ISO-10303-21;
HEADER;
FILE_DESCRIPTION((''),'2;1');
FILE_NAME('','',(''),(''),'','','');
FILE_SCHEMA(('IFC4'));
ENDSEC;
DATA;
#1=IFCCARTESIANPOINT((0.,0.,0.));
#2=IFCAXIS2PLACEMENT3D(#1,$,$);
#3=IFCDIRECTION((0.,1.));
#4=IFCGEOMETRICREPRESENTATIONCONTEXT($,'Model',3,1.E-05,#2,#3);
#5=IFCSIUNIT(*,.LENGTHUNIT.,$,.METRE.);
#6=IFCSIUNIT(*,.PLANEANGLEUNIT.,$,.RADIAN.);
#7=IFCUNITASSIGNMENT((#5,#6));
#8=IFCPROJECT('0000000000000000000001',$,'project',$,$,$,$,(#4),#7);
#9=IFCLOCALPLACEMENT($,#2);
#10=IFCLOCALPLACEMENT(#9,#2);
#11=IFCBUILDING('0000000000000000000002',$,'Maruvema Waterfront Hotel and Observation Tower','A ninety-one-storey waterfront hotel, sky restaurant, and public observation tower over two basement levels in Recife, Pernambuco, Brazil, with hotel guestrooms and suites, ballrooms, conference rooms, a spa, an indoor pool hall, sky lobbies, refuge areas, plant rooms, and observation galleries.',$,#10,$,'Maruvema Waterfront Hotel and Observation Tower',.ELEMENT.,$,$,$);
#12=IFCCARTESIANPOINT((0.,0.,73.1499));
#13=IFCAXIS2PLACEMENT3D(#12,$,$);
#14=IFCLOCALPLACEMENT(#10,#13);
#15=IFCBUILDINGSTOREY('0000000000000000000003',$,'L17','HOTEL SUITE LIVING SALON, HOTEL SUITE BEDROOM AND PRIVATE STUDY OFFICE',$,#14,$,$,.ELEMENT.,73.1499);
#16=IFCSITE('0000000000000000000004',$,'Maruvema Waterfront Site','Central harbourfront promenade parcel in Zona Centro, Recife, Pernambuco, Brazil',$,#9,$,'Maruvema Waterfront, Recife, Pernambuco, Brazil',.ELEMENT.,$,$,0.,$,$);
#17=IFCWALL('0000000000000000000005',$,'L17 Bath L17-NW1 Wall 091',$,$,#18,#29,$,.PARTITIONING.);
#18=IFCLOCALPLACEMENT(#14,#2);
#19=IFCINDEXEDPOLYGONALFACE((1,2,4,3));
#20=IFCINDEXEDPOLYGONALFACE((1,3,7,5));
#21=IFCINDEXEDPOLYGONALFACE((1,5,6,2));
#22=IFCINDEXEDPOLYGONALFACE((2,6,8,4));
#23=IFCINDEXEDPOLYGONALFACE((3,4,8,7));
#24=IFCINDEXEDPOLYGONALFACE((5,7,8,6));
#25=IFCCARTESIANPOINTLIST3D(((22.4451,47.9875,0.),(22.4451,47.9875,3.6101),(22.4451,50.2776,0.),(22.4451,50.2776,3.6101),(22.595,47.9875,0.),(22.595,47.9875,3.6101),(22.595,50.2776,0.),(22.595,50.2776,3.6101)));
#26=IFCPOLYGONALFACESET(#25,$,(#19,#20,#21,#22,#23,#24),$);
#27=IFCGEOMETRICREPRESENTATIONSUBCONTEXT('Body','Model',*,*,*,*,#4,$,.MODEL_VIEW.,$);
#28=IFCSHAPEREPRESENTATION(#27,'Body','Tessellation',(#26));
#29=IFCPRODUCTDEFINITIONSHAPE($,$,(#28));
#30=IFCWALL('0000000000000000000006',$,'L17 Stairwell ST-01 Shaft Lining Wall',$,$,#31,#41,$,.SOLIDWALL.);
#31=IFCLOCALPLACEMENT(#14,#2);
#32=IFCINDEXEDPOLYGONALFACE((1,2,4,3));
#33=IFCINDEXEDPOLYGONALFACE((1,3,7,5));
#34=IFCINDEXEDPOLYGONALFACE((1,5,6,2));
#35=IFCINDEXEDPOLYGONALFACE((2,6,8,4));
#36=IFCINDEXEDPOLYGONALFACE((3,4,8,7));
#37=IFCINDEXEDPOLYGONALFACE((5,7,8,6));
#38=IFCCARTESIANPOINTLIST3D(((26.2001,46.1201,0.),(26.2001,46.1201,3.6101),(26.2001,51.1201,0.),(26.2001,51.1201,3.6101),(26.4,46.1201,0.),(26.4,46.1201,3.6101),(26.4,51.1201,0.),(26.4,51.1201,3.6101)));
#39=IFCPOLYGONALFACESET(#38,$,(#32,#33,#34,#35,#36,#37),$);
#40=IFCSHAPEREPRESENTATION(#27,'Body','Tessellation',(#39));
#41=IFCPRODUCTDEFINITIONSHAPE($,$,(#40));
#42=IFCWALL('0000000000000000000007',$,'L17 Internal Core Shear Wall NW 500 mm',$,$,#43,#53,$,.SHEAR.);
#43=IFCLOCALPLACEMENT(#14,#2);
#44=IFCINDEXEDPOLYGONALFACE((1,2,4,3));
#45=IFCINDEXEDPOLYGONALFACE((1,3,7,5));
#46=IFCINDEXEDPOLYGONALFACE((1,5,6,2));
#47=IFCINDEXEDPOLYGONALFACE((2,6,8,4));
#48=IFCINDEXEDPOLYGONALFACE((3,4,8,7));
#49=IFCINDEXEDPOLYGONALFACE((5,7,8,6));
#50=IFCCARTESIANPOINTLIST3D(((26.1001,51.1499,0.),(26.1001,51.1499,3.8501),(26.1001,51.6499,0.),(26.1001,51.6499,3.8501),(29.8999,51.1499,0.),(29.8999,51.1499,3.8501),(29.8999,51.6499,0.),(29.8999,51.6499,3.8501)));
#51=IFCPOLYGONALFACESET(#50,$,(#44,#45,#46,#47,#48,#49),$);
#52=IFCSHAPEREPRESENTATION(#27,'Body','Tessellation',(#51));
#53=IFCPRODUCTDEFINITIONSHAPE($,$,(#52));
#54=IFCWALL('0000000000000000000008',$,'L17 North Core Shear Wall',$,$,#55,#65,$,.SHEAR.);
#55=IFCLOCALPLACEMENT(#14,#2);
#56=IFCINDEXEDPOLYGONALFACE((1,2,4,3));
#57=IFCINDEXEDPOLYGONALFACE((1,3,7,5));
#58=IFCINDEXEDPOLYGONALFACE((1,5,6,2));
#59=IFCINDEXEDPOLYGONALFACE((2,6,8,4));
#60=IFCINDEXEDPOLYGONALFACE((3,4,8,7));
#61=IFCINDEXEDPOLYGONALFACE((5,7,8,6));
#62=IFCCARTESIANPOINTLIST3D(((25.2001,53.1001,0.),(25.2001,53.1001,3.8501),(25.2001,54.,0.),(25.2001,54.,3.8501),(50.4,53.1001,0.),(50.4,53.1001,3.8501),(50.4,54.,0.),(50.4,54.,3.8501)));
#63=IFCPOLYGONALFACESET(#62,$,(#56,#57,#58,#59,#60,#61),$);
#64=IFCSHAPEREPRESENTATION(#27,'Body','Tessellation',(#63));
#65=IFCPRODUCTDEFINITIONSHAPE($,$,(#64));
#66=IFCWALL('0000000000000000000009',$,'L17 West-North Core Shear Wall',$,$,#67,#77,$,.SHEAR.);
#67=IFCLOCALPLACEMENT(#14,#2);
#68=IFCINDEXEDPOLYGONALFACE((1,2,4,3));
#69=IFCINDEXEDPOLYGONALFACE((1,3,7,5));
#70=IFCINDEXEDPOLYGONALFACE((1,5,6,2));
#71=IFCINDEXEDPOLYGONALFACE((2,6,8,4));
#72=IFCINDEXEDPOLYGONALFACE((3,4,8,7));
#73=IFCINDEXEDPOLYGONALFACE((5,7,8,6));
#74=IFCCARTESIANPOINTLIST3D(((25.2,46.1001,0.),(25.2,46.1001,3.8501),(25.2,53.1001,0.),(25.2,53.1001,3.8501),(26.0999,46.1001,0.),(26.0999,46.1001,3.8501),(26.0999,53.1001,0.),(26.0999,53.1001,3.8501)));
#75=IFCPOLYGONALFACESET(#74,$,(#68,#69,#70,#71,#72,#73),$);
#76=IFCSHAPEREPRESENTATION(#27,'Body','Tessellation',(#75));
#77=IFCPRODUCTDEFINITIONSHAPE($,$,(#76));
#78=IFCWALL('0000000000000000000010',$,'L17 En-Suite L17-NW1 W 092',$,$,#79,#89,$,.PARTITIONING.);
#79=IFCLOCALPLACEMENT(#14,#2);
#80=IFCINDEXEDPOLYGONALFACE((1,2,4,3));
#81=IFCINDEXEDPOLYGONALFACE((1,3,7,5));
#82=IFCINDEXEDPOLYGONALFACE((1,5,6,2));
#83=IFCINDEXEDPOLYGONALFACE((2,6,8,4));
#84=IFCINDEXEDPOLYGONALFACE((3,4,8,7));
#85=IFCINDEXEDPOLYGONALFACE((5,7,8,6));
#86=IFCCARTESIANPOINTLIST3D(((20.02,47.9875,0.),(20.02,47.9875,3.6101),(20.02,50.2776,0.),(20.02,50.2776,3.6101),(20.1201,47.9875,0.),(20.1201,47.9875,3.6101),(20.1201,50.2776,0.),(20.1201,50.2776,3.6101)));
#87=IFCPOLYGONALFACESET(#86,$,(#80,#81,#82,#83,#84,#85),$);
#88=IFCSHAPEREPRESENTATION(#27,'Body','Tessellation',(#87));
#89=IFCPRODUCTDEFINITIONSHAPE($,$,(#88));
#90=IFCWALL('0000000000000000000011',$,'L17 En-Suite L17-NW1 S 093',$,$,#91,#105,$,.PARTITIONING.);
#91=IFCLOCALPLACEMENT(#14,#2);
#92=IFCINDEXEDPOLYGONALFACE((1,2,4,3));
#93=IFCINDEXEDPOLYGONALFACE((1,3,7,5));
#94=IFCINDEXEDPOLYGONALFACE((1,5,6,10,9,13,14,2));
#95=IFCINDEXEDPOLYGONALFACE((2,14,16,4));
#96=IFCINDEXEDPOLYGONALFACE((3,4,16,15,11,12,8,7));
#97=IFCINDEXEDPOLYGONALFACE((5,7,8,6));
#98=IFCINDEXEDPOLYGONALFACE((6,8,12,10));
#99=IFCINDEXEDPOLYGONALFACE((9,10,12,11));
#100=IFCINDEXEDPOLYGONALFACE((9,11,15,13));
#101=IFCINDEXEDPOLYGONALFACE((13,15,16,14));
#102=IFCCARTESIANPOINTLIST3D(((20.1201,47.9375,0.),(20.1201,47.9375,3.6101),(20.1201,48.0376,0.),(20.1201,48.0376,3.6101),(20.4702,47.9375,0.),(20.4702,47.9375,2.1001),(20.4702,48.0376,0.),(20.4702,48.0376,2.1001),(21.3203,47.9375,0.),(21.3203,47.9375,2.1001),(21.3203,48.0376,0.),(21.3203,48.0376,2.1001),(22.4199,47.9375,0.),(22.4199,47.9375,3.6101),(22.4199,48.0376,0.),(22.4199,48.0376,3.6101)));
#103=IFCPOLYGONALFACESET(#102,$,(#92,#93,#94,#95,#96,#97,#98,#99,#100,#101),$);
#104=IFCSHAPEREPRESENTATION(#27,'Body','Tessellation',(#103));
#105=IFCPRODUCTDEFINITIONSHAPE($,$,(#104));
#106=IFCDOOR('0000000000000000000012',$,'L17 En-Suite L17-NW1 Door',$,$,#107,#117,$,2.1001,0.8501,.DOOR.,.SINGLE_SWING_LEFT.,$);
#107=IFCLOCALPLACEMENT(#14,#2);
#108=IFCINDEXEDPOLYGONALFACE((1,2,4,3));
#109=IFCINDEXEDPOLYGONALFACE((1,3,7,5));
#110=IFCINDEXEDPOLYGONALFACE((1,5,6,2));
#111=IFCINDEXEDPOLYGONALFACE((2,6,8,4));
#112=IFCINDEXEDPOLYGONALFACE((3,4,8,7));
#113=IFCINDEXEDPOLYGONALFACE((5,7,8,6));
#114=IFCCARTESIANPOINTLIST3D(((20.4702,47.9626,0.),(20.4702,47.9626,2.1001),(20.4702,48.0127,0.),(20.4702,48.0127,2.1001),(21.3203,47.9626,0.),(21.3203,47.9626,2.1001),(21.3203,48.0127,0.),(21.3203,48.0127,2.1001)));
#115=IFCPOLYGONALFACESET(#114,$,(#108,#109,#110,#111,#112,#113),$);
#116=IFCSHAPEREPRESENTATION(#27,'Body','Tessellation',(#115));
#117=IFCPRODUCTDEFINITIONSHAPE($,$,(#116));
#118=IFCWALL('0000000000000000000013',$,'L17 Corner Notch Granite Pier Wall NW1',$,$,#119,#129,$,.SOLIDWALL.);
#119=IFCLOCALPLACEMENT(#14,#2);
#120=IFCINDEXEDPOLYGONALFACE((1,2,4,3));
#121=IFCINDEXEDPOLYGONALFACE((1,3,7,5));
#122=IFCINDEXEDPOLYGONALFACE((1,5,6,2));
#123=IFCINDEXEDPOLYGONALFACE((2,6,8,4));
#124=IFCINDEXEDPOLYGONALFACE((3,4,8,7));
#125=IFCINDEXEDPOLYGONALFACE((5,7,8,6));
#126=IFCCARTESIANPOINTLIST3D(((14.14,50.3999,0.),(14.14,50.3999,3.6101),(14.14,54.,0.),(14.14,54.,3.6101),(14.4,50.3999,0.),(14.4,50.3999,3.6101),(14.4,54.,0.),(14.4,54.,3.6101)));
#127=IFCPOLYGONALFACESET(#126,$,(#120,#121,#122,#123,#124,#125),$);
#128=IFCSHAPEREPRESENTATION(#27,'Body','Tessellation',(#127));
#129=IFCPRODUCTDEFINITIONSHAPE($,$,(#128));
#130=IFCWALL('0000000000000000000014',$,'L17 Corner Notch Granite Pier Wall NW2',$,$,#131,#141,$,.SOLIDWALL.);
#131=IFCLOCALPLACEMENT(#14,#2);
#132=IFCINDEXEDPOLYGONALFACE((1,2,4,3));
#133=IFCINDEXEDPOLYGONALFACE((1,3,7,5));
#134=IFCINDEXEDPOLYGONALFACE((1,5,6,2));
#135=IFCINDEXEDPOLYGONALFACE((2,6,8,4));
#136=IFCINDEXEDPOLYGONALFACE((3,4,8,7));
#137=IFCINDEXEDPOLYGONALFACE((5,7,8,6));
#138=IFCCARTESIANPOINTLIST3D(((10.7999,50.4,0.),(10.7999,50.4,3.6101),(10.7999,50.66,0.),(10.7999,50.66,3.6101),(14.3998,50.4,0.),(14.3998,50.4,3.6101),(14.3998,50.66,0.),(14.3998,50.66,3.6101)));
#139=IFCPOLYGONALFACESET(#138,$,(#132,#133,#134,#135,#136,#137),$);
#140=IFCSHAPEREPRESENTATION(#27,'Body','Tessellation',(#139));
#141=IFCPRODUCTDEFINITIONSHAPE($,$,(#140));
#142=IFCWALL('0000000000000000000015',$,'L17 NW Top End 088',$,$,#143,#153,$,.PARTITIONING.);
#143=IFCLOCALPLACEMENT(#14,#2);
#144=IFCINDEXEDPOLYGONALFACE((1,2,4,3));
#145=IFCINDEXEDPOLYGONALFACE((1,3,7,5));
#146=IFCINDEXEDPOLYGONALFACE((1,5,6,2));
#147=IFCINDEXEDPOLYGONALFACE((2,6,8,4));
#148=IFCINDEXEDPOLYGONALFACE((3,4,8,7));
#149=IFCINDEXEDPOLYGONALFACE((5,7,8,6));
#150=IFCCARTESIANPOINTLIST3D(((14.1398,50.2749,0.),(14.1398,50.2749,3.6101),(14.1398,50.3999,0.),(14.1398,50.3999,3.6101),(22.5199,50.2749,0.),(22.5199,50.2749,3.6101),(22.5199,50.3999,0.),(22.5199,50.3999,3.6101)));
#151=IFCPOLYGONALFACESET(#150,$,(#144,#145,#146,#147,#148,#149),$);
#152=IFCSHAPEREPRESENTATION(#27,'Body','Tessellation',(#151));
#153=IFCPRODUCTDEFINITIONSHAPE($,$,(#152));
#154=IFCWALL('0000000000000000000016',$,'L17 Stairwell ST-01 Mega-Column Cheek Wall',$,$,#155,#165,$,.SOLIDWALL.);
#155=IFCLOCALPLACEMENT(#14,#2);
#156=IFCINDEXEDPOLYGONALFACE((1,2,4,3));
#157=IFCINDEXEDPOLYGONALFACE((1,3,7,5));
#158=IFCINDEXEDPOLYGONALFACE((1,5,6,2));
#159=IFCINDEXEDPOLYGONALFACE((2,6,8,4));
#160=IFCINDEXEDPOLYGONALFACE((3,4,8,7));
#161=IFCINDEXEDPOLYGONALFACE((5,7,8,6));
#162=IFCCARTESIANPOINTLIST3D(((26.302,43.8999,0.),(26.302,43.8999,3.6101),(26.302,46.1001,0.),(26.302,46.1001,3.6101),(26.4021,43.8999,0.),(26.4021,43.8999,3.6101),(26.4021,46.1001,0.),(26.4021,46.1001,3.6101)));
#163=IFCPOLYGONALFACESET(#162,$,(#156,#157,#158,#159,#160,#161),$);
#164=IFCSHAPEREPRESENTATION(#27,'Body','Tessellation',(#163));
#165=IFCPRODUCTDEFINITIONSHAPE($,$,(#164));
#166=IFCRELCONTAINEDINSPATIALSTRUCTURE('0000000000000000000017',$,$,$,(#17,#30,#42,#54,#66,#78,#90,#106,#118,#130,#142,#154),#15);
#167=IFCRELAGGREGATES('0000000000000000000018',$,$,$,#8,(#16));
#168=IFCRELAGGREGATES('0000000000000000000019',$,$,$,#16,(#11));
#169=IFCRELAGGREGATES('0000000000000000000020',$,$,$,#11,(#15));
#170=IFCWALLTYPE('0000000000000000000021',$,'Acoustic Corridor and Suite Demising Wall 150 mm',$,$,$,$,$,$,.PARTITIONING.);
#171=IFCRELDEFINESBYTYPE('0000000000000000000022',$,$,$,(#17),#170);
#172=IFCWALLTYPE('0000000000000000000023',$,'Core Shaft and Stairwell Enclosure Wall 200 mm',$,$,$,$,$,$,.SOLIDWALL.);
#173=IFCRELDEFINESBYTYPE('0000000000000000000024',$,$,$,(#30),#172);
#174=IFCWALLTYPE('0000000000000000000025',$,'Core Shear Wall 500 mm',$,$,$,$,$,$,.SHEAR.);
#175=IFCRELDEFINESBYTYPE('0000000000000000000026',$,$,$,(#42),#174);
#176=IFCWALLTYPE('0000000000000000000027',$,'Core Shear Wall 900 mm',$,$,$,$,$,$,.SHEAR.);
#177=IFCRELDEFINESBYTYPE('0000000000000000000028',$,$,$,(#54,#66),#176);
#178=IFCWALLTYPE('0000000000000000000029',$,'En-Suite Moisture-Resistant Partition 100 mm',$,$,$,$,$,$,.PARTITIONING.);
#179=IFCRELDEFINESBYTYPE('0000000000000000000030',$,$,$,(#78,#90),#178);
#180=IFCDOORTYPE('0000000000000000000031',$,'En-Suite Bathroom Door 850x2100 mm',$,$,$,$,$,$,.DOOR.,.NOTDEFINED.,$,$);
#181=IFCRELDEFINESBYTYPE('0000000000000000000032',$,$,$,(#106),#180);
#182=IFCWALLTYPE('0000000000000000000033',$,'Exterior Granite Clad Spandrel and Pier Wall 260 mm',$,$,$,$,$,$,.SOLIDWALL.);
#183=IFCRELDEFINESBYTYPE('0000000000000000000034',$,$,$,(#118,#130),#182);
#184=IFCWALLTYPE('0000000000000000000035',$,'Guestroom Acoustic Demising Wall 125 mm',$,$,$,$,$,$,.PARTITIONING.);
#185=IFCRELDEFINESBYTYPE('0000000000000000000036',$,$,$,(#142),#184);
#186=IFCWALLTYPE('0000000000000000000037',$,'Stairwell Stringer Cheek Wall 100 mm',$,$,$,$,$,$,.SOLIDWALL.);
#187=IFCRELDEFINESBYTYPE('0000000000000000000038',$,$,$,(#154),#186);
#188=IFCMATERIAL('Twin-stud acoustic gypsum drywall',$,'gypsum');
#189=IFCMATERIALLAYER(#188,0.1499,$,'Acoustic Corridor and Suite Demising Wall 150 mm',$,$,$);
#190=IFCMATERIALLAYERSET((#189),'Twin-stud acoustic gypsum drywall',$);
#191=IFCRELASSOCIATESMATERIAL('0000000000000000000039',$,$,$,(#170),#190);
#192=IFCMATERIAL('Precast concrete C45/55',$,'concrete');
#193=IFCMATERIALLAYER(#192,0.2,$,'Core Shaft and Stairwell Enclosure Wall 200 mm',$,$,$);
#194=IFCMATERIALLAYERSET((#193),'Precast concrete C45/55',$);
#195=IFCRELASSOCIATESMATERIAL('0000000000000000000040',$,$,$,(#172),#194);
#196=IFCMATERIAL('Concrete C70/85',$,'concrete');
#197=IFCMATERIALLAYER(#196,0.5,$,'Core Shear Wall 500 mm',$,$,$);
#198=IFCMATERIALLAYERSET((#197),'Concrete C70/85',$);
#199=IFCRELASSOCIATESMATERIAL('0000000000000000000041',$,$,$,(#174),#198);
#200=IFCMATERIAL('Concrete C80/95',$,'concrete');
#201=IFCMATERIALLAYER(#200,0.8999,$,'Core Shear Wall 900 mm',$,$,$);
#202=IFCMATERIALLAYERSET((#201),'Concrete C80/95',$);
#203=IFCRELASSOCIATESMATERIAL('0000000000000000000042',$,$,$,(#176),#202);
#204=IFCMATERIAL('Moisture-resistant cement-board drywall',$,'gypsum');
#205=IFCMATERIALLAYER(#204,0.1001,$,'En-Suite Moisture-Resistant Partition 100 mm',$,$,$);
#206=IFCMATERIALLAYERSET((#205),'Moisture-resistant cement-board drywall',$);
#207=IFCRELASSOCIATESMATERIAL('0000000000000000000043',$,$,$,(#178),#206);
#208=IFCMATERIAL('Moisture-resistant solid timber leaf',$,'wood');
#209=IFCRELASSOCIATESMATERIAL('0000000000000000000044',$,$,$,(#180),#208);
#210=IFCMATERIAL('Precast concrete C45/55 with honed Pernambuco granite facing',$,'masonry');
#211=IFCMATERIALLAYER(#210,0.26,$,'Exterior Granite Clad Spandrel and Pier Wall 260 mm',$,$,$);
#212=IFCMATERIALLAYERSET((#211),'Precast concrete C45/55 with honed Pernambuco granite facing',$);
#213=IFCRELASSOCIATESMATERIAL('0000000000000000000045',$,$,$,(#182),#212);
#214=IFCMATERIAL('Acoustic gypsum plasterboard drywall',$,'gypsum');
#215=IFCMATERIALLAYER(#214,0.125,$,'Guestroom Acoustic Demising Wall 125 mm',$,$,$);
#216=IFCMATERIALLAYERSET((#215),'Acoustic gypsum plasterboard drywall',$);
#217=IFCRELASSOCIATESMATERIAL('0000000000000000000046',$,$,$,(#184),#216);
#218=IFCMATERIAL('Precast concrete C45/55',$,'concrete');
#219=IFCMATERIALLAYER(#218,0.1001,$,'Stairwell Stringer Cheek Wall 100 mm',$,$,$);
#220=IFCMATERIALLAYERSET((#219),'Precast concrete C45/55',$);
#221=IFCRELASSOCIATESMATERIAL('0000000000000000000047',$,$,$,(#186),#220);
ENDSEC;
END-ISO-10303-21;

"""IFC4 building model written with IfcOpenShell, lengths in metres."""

from ifc_helpers import new_model, si_unit, direction, frame, frame_2d, origin, place, context, subcontext, project, spatial, rectangle, extrude, material, layer, layer_set, type_object, element, fill, save


model = new_model("IFC4")

# Units and contexts
model_context = context("Model", 3, precision=1e-05, world=origin(), true_north=direction((0.0, 1.0)))
body_context = subcontext(model_context, "Body", "Model", "MODEL_VIEW")
ifc_project = project(units=[si_unit("LENGTHUNIT", "METRE"), si_unit("PLANEANGLEUNIT", "RADIAN")], contexts=[model_context])

# Site, building, storey
site_placement = place(None, origin())
site = spatial("IfcSite", under=ifc_project, at=site_placement, Name="Maruvema Waterfront Site", Description="Central harbourfront promenade parcel in Zona Centro, Recife, Pernambuco, Brazil", LongName="Maruvema Waterfront, Recife, Pernambuco, Brazil", CompositionType="ELEMENT", RefElevation=0.0)
building_placement = place(site_placement, origin())
building = spatial("IfcBuilding", under=site, at=building_placement, Name="Maruvema Waterfront Hotel and Observation Tower", Description="A ninety-one-storey waterfront hotel, sky restaurant, and public observation tower over two basement levels in Recife, Pernambuco, Brazil, with hotel guestrooms and suites, ballrooms, conference rooms, a spa, an indoor pool hall, sky lobbies, refuge areas, plant rooms, and observation galleries.", LongName="Maruvema Waterfront Hotel and Observation Tower", CompositionType="ELEMENT")
storey_placement = place(building_placement, frame((0.0, 0.0, 73.1499)))
storey = spatial("IfcBuildingStorey", under=building, at=storey_placement, Name="L17", Description="HOTEL SUITE LIVING SALON, HOTEL SUITE BEDROOM AND PRIVATE STUDY OFFICE", CompositionType="ELEMENT", Elevation=73.1499)

# Walls
ifc_material_1 = material(Name="Twin-stud acoustic gypsum drywall", Category="gypsum")
ifc_layer_1 = layer(ifc_material_1, 0.1499, Name="Acoustic Corridor and Suite Demising Wall 150 mm")
ifc_layer_set_1 = layer_set([ifc_layer_1], Name="Twin-stud acoustic gypsum drywall")
wall_type_1 = type_object("IfcWallType", Name="Acoustic Corridor and Suite Demising Wall 150 mm", PredefinedType="PARTITIONING", material=ifc_layer_set_1)
wall_1_placement = place(storey_placement, frame((22.52, 47.9875, 0.0), z_axis=(0.0, 0.0, 1.0), x_axis=(0.0, 1.0, 0.0)))
element("IfcWall", 1, at=wall_1_placement, inside=storey, type_object=wall_type_1, Name="L17 Bath L17-NW1 Wall 091", PredefinedType="PARTITIONING", context=body_context, shape_type="SweptSolid", body=[
    extrude(rectangle(XDim=2.29, YDim=0.1499, at=frame_2d((1.145, 0.0))), origin(), (0.0, 0.0, 1.0), 3.6101),
])
ifc_material_2 = material(Name="Precast concrete C45/55", Category="concrete")
ifc_layer_2 = layer(ifc_material_2, 0.2, Name="Core Shaft and Stairwell Enclosure Wall 200 mm")
ifc_layer_set_2 = layer_set([ifc_layer_2], Name="Precast concrete C45/55")
wall_type_2 = type_object("IfcWallType", Name="Core Shaft and Stairwell Enclosure Wall 200 mm", PredefinedType="SOLIDWALL", material=ifc_layer_set_2)
wall_2_placement = place(storey_placement, frame((26.3, 46.1201, 0.0), z_axis=(0.0, 0.0, 1.0), x_axis=(0.0, 1.0, 0.0)))
element("IfcWall", 2, at=wall_2_placement, inside=storey, type_object=wall_type_2, Name="L17 Stairwell ST-01 Shaft Lining Wall", PredefinedType="SOLIDWALL", context=body_context, shape_type="SweptSolid", body=[
    extrude(rectangle(XDim=5.0, YDim=0.2, at=frame_2d((2.5, 0.0))), origin(), (0.0, 0.0, 1.0), 3.6101),
])
ifc_material_3 = material(Name="Concrete C70/85", Category="concrete")
ifc_layer_3 = layer(ifc_material_3, 0.5, Name="Core Shear Wall 500 mm")
ifc_layer_set_3 = layer_set([ifc_layer_3], Name="Concrete C70/85")
wall_type_3 = type_object("IfcWallType", Name="Core Shear Wall 500 mm", PredefinedType="SHEAR", material=ifc_layer_set_3)
wall_3_placement = place(storey_placement, frame((26.1001, 51.3999, 0.0), z_axis=(0.0, 0.0, 1.0), x_axis=(1.0, 0.0, 0.0)))
element("IfcWall", 3, at=wall_3_placement, inside=storey, type_object=wall_type_3, Name="L17 Internal Core Shear Wall NW 500 mm", PredefinedType="SHEAR", context=body_context, shape_type="SweptSolid", body=[
    extrude(rectangle(XDim=3.7998, YDim=0.5, at=frame_2d((1.8999, 0.0))), origin(), (0.0, 0.0, 1.0), 3.8501),
])
ifc_material_4 = material(Name="Concrete C80/95", Category="concrete")
ifc_layer_4 = layer(ifc_material_4, 0.8999, Name="Core Shear Wall 900 mm")
ifc_layer_set_4 = layer_set([ifc_layer_4], Name="Concrete C80/95")
wall_type_4 = type_object("IfcWallType", Name="Core Shear Wall 900 mm", PredefinedType="SHEAR", material=ifc_layer_set_4)
wall_4_placement = place(storey_placement, frame((25.2, 53.55, 0.0), z_axis=(0.0, 0.0, 1.0), x_axis=(1.0, 0.0, 0.0)))
element("IfcWall", 4, at=wall_4_placement, inside=storey, type_object=wall_type_4, Name="L17 North Core Shear Wall", PredefinedType="SHEAR", context=body_context, shape_type="SweptSolid", body=[
    extrude(rectangle(XDim=25.2, YDim=0.8999, at=frame_2d((12.6001, 0.0))), origin(), (0.0, 0.0, 1.0), 3.8501),
])
wall_5_placement = place(storey_placement, frame((25.6499, 46.1001, 0.0), z_axis=(0.0, 0.0, 1.0), x_axis=(0.0, 1.0, 0.0)))
element("IfcWall", 5, at=wall_5_placement, inside=storey, type_object=wall_type_4, Name="L17 West-North Core Shear Wall", PredefinedType="SHEAR", context=body_context, shape_type="SweptSolid", body=[
    extrude(rectangle(XDim=7.0, YDim=0.8999, at=frame_2d((3.5, 0.0))), origin(), (0.0, 0.0, 1.0), 3.8501),
])
ifc_material_5 = material(Name="Moisture-resistant cement-board drywall", Category="gypsum")
ifc_layer_5 = layer(ifc_material_5, 0.1001, Name="En-Suite Moisture-Resistant Partition 100 mm")
ifc_layer_set_5 = layer_set([ifc_layer_5], Name="Moisture-resistant cement-board drywall")
wall_type_5 = type_object("IfcWallType", Name="En-Suite Moisture-Resistant Partition 100 mm", PredefinedType="PARTITIONING", material=ifc_layer_set_5)
wall_6_placement = place(storey_placement, frame((20.0701, 47.9875, 0.0), z_axis=(0.0, 0.0, 1.0), x_axis=(0.0, 1.0, 0.0)))
element("IfcWall", 6, at=wall_6_placement, inside=storey, type_object=wall_type_5, Name="L17 En-Suite L17-NW1 W 092", PredefinedType="PARTITIONING", context=body_context, shape_type="SweptSolid", body=[
    extrude(rectangle(XDim=2.29, YDim=0.1001, at=frame_2d((1.145, 0.0))), origin(), (0.0, 0.0, 1.0), 3.6101),
])

# Wall, opening, door
wall_7_placement = place(storey_placement, frame((20.1201, 47.9875, 0.0), z_axis=(0.0, 0.0, 1.0), x_axis=(1.0, 0.0, 0.0)))
wall_7 = element("IfcWall", 7, at=wall_7_placement, inside=storey, type_object=wall_type_5, Name="L17 En-Suite L17-NW1 S 093", PredefinedType="PARTITIONING", context=body_context, shape_type="SweptSolid", body=[
    extrude(rectangle(XDim=2.2998, YDim=0.1001, at=frame_2d((1.1499, 0.0))), origin(), (0.0, 0.0, 1.0), 3.6101),
])
opening_placement = place(wall_7_placement, frame((0.3501, 0.0, 0.0)))
opening = element("IfcOpeningElement", 8, at=opening_placement, cuts=wall_7, PredefinedType="OPENING", context=body_context, shape_type="SweptSolid", body=[
    extrude(rectangle(XDim=0.8501, YDim=2.1001, at=frame_2d((0.425, 1.05))), frame((0.0, 0.0601, 0.0), z_axis=(0.0, -1.0, 0.0), x_axis=(1.0, 0.0, 0.0)), (0.0, 0.0, 1.0), 0.1201),
])
ifc_material_6 = material(Name="Moisture-resistant solid timber leaf", Category="wood")
door_type = type_object("IfcDoorType", Name="En-Suite Bathroom Door 850x2100 mm", OperationType="NOTDEFINED", PredefinedType="DOOR", material=ifc_material_6)
door_placement = place(opening_placement, frame((0.8501, 0.0, 0.0), z_axis=(0.0, 0.0, 1.0), x_axis=(-1.0, 0.0, 0.0)))
door = element("IfcDoor", 9, at=door_placement, inside=storey, type_object=door_type, Name="L17 En-Suite L17-NW1 Door", OperationType="SINGLE_SWING_LEFT", OverallHeight=2.1001, OverallWidth=0.8501, PredefinedType="DOOR", context=body_context, shape_type="SweptSolid", body=[
    extrude(rectangle(XDim=0.8501, YDim=2.1001, at=frame_2d((0.425, 1.05))), frame((0.0, 0.0249, 0.0), z_axis=(0.0, -1.0, 0.0), x_axis=(1.0, 0.0, 0.0)), (0.0, 0.0, 1.0), 0.05),
])
fill(opening, door)

# Walls
ifc_material_7 = material(Name="Precast concrete C45/55 with honed Pernambuco granite facing", Category="masonry")
ifc_layer_6 = layer(ifc_material_7, 0.26, Name="Exterior Granite Clad Spandrel and Pier Wall 260 mm")
ifc_layer_set_6 = layer_set([ifc_layer_6], Name="Precast concrete C45/55 with honed Pernambuco granite facing")
wall_type_6 = type_object("IfcWallType", Name="Exterior Granite Clad Spandrel and Pier Wall 260 mm", PredefinedType="SOLIDWALL", material=ifc_layer_set_6)
wall_8_placement = place(storey_placement, frame((14.27, 50.3999, 0.0), z_axis=(0.0, 0.0, 1.0), x_axis=(0.0, 1.0, 0.0)))
element("IfcWall", 10, at=wall_8_placement, inside=storey, type_object=wall_type_6, Name="L17 Corner Notch Granite Pier Wall NW1", PredefinedType="SOLIDWALL", context=body_context, shape_type="SweptSolid", body=[
    extrude(rectangle(XDim=3.6001, YDim=0.26, at=frame_2d((1.8, 0.0))), origin(), (0.0, 0.0, 1.0), 3.6101),
])
wall_9_placement = place(storey_placement, frame((10.8, 50.53, 0.0), z_axis=(0.0, 0.0, 1.0), x_axis=(1.0, 0.0, 0.0)))
element("IfcWall", 11, at=wall_9_placement, inside=storey, type_object=wall_type_6, Name="L17 Corner Notch Granite Pier Wall NW2", PredefinedType="SOLIDWALL", context=body_context, shape_type="SweptSolid", body=[
    extrude(rectangle(XDim=3.5999, YDim=0.26, at=frame_2d((1.7998, 0.0))), origin(), (0.0, 0.0, 1.0), 3.6101),
])
ifc_material_8 = material(Name="Acoustic gypsum plasterboard drywall", Category="gypsum")
ifc_layer_7 = layer(ifc_material_8, 0.125, Name="Guestroom Acoustic Demising Wall 125 mm")
ifc_layer_set_7 = layer_set([ifc_layer_7], Name="Acoustic gypsum plasterboard drywall")
wall_type_7 = type_object("IfcWallType", Name="Guestroom Acoustic Demising Wall 125 mm", PredefinedType="PARTITIONING", material=ifc_layer_set_7)
wall_10_placement = place(storey_placement, frame((14.1399, 50.3374, 0.0), z_axis=(0.0, 0.0, 1.0), x_axis=(1.0, 0.0, 0.0)))
element("IfcWall", 12, at=wall_10_placement, inside=storey, type_object=wall_type_7, Name="L17 NW Top End 088", PredefinedType="PARTITIONING", context=body_context, shape_type="SweptSolid", body=[
    extrude(rectangle(XDim=8.3801, YDim=0.125, at=frame_2d((4.1899, 0.0))), origin(), (0.0, 0.0, 1.0), 3.6101),
])
ifc_material_9 = material(Name="Precast concrete C45/55", Category="concrete")
ifc_layer_8 = layer(ifc_material_9, 0.1001, Name="Stairwell Stringer Cheek Wall 100 mm")
ifc_layer_set_8 = layer_set([ifc_layer_8], Name="Precast concrete C45/55")
wall_type_8 = type_object("IfcWallType", Name="Stairwell Stringer Cheek Wall 100 mm", PredefinedType="SOLIDWALL", material=ifc_layer_set_8)
wall_11_placement = place(storey_placement, frame((26.3521, 43.8999, 0.0), z_axis=(0.0, 0.0, 1.0), x_axis=(0.0, 1.0, 0.0)))
element("IfcWall", 13, at=wall_11_placement, inside=storey, type_object=wall_type_8, Name="L17 Stairwell ST-01 Mega-Column Cheek Wall", PredefinedType="SOLIDWALL", context=body_context, shape_type="SweptSolid", body=[
    extrude(rectangle(XDim=2.2002, YDim=0.1001, at=frame_2d((1.1001, 0.0))), origin(), (0.0, 0.0, 1.0), 3.6101),
])

save(model, "model.ifc")
